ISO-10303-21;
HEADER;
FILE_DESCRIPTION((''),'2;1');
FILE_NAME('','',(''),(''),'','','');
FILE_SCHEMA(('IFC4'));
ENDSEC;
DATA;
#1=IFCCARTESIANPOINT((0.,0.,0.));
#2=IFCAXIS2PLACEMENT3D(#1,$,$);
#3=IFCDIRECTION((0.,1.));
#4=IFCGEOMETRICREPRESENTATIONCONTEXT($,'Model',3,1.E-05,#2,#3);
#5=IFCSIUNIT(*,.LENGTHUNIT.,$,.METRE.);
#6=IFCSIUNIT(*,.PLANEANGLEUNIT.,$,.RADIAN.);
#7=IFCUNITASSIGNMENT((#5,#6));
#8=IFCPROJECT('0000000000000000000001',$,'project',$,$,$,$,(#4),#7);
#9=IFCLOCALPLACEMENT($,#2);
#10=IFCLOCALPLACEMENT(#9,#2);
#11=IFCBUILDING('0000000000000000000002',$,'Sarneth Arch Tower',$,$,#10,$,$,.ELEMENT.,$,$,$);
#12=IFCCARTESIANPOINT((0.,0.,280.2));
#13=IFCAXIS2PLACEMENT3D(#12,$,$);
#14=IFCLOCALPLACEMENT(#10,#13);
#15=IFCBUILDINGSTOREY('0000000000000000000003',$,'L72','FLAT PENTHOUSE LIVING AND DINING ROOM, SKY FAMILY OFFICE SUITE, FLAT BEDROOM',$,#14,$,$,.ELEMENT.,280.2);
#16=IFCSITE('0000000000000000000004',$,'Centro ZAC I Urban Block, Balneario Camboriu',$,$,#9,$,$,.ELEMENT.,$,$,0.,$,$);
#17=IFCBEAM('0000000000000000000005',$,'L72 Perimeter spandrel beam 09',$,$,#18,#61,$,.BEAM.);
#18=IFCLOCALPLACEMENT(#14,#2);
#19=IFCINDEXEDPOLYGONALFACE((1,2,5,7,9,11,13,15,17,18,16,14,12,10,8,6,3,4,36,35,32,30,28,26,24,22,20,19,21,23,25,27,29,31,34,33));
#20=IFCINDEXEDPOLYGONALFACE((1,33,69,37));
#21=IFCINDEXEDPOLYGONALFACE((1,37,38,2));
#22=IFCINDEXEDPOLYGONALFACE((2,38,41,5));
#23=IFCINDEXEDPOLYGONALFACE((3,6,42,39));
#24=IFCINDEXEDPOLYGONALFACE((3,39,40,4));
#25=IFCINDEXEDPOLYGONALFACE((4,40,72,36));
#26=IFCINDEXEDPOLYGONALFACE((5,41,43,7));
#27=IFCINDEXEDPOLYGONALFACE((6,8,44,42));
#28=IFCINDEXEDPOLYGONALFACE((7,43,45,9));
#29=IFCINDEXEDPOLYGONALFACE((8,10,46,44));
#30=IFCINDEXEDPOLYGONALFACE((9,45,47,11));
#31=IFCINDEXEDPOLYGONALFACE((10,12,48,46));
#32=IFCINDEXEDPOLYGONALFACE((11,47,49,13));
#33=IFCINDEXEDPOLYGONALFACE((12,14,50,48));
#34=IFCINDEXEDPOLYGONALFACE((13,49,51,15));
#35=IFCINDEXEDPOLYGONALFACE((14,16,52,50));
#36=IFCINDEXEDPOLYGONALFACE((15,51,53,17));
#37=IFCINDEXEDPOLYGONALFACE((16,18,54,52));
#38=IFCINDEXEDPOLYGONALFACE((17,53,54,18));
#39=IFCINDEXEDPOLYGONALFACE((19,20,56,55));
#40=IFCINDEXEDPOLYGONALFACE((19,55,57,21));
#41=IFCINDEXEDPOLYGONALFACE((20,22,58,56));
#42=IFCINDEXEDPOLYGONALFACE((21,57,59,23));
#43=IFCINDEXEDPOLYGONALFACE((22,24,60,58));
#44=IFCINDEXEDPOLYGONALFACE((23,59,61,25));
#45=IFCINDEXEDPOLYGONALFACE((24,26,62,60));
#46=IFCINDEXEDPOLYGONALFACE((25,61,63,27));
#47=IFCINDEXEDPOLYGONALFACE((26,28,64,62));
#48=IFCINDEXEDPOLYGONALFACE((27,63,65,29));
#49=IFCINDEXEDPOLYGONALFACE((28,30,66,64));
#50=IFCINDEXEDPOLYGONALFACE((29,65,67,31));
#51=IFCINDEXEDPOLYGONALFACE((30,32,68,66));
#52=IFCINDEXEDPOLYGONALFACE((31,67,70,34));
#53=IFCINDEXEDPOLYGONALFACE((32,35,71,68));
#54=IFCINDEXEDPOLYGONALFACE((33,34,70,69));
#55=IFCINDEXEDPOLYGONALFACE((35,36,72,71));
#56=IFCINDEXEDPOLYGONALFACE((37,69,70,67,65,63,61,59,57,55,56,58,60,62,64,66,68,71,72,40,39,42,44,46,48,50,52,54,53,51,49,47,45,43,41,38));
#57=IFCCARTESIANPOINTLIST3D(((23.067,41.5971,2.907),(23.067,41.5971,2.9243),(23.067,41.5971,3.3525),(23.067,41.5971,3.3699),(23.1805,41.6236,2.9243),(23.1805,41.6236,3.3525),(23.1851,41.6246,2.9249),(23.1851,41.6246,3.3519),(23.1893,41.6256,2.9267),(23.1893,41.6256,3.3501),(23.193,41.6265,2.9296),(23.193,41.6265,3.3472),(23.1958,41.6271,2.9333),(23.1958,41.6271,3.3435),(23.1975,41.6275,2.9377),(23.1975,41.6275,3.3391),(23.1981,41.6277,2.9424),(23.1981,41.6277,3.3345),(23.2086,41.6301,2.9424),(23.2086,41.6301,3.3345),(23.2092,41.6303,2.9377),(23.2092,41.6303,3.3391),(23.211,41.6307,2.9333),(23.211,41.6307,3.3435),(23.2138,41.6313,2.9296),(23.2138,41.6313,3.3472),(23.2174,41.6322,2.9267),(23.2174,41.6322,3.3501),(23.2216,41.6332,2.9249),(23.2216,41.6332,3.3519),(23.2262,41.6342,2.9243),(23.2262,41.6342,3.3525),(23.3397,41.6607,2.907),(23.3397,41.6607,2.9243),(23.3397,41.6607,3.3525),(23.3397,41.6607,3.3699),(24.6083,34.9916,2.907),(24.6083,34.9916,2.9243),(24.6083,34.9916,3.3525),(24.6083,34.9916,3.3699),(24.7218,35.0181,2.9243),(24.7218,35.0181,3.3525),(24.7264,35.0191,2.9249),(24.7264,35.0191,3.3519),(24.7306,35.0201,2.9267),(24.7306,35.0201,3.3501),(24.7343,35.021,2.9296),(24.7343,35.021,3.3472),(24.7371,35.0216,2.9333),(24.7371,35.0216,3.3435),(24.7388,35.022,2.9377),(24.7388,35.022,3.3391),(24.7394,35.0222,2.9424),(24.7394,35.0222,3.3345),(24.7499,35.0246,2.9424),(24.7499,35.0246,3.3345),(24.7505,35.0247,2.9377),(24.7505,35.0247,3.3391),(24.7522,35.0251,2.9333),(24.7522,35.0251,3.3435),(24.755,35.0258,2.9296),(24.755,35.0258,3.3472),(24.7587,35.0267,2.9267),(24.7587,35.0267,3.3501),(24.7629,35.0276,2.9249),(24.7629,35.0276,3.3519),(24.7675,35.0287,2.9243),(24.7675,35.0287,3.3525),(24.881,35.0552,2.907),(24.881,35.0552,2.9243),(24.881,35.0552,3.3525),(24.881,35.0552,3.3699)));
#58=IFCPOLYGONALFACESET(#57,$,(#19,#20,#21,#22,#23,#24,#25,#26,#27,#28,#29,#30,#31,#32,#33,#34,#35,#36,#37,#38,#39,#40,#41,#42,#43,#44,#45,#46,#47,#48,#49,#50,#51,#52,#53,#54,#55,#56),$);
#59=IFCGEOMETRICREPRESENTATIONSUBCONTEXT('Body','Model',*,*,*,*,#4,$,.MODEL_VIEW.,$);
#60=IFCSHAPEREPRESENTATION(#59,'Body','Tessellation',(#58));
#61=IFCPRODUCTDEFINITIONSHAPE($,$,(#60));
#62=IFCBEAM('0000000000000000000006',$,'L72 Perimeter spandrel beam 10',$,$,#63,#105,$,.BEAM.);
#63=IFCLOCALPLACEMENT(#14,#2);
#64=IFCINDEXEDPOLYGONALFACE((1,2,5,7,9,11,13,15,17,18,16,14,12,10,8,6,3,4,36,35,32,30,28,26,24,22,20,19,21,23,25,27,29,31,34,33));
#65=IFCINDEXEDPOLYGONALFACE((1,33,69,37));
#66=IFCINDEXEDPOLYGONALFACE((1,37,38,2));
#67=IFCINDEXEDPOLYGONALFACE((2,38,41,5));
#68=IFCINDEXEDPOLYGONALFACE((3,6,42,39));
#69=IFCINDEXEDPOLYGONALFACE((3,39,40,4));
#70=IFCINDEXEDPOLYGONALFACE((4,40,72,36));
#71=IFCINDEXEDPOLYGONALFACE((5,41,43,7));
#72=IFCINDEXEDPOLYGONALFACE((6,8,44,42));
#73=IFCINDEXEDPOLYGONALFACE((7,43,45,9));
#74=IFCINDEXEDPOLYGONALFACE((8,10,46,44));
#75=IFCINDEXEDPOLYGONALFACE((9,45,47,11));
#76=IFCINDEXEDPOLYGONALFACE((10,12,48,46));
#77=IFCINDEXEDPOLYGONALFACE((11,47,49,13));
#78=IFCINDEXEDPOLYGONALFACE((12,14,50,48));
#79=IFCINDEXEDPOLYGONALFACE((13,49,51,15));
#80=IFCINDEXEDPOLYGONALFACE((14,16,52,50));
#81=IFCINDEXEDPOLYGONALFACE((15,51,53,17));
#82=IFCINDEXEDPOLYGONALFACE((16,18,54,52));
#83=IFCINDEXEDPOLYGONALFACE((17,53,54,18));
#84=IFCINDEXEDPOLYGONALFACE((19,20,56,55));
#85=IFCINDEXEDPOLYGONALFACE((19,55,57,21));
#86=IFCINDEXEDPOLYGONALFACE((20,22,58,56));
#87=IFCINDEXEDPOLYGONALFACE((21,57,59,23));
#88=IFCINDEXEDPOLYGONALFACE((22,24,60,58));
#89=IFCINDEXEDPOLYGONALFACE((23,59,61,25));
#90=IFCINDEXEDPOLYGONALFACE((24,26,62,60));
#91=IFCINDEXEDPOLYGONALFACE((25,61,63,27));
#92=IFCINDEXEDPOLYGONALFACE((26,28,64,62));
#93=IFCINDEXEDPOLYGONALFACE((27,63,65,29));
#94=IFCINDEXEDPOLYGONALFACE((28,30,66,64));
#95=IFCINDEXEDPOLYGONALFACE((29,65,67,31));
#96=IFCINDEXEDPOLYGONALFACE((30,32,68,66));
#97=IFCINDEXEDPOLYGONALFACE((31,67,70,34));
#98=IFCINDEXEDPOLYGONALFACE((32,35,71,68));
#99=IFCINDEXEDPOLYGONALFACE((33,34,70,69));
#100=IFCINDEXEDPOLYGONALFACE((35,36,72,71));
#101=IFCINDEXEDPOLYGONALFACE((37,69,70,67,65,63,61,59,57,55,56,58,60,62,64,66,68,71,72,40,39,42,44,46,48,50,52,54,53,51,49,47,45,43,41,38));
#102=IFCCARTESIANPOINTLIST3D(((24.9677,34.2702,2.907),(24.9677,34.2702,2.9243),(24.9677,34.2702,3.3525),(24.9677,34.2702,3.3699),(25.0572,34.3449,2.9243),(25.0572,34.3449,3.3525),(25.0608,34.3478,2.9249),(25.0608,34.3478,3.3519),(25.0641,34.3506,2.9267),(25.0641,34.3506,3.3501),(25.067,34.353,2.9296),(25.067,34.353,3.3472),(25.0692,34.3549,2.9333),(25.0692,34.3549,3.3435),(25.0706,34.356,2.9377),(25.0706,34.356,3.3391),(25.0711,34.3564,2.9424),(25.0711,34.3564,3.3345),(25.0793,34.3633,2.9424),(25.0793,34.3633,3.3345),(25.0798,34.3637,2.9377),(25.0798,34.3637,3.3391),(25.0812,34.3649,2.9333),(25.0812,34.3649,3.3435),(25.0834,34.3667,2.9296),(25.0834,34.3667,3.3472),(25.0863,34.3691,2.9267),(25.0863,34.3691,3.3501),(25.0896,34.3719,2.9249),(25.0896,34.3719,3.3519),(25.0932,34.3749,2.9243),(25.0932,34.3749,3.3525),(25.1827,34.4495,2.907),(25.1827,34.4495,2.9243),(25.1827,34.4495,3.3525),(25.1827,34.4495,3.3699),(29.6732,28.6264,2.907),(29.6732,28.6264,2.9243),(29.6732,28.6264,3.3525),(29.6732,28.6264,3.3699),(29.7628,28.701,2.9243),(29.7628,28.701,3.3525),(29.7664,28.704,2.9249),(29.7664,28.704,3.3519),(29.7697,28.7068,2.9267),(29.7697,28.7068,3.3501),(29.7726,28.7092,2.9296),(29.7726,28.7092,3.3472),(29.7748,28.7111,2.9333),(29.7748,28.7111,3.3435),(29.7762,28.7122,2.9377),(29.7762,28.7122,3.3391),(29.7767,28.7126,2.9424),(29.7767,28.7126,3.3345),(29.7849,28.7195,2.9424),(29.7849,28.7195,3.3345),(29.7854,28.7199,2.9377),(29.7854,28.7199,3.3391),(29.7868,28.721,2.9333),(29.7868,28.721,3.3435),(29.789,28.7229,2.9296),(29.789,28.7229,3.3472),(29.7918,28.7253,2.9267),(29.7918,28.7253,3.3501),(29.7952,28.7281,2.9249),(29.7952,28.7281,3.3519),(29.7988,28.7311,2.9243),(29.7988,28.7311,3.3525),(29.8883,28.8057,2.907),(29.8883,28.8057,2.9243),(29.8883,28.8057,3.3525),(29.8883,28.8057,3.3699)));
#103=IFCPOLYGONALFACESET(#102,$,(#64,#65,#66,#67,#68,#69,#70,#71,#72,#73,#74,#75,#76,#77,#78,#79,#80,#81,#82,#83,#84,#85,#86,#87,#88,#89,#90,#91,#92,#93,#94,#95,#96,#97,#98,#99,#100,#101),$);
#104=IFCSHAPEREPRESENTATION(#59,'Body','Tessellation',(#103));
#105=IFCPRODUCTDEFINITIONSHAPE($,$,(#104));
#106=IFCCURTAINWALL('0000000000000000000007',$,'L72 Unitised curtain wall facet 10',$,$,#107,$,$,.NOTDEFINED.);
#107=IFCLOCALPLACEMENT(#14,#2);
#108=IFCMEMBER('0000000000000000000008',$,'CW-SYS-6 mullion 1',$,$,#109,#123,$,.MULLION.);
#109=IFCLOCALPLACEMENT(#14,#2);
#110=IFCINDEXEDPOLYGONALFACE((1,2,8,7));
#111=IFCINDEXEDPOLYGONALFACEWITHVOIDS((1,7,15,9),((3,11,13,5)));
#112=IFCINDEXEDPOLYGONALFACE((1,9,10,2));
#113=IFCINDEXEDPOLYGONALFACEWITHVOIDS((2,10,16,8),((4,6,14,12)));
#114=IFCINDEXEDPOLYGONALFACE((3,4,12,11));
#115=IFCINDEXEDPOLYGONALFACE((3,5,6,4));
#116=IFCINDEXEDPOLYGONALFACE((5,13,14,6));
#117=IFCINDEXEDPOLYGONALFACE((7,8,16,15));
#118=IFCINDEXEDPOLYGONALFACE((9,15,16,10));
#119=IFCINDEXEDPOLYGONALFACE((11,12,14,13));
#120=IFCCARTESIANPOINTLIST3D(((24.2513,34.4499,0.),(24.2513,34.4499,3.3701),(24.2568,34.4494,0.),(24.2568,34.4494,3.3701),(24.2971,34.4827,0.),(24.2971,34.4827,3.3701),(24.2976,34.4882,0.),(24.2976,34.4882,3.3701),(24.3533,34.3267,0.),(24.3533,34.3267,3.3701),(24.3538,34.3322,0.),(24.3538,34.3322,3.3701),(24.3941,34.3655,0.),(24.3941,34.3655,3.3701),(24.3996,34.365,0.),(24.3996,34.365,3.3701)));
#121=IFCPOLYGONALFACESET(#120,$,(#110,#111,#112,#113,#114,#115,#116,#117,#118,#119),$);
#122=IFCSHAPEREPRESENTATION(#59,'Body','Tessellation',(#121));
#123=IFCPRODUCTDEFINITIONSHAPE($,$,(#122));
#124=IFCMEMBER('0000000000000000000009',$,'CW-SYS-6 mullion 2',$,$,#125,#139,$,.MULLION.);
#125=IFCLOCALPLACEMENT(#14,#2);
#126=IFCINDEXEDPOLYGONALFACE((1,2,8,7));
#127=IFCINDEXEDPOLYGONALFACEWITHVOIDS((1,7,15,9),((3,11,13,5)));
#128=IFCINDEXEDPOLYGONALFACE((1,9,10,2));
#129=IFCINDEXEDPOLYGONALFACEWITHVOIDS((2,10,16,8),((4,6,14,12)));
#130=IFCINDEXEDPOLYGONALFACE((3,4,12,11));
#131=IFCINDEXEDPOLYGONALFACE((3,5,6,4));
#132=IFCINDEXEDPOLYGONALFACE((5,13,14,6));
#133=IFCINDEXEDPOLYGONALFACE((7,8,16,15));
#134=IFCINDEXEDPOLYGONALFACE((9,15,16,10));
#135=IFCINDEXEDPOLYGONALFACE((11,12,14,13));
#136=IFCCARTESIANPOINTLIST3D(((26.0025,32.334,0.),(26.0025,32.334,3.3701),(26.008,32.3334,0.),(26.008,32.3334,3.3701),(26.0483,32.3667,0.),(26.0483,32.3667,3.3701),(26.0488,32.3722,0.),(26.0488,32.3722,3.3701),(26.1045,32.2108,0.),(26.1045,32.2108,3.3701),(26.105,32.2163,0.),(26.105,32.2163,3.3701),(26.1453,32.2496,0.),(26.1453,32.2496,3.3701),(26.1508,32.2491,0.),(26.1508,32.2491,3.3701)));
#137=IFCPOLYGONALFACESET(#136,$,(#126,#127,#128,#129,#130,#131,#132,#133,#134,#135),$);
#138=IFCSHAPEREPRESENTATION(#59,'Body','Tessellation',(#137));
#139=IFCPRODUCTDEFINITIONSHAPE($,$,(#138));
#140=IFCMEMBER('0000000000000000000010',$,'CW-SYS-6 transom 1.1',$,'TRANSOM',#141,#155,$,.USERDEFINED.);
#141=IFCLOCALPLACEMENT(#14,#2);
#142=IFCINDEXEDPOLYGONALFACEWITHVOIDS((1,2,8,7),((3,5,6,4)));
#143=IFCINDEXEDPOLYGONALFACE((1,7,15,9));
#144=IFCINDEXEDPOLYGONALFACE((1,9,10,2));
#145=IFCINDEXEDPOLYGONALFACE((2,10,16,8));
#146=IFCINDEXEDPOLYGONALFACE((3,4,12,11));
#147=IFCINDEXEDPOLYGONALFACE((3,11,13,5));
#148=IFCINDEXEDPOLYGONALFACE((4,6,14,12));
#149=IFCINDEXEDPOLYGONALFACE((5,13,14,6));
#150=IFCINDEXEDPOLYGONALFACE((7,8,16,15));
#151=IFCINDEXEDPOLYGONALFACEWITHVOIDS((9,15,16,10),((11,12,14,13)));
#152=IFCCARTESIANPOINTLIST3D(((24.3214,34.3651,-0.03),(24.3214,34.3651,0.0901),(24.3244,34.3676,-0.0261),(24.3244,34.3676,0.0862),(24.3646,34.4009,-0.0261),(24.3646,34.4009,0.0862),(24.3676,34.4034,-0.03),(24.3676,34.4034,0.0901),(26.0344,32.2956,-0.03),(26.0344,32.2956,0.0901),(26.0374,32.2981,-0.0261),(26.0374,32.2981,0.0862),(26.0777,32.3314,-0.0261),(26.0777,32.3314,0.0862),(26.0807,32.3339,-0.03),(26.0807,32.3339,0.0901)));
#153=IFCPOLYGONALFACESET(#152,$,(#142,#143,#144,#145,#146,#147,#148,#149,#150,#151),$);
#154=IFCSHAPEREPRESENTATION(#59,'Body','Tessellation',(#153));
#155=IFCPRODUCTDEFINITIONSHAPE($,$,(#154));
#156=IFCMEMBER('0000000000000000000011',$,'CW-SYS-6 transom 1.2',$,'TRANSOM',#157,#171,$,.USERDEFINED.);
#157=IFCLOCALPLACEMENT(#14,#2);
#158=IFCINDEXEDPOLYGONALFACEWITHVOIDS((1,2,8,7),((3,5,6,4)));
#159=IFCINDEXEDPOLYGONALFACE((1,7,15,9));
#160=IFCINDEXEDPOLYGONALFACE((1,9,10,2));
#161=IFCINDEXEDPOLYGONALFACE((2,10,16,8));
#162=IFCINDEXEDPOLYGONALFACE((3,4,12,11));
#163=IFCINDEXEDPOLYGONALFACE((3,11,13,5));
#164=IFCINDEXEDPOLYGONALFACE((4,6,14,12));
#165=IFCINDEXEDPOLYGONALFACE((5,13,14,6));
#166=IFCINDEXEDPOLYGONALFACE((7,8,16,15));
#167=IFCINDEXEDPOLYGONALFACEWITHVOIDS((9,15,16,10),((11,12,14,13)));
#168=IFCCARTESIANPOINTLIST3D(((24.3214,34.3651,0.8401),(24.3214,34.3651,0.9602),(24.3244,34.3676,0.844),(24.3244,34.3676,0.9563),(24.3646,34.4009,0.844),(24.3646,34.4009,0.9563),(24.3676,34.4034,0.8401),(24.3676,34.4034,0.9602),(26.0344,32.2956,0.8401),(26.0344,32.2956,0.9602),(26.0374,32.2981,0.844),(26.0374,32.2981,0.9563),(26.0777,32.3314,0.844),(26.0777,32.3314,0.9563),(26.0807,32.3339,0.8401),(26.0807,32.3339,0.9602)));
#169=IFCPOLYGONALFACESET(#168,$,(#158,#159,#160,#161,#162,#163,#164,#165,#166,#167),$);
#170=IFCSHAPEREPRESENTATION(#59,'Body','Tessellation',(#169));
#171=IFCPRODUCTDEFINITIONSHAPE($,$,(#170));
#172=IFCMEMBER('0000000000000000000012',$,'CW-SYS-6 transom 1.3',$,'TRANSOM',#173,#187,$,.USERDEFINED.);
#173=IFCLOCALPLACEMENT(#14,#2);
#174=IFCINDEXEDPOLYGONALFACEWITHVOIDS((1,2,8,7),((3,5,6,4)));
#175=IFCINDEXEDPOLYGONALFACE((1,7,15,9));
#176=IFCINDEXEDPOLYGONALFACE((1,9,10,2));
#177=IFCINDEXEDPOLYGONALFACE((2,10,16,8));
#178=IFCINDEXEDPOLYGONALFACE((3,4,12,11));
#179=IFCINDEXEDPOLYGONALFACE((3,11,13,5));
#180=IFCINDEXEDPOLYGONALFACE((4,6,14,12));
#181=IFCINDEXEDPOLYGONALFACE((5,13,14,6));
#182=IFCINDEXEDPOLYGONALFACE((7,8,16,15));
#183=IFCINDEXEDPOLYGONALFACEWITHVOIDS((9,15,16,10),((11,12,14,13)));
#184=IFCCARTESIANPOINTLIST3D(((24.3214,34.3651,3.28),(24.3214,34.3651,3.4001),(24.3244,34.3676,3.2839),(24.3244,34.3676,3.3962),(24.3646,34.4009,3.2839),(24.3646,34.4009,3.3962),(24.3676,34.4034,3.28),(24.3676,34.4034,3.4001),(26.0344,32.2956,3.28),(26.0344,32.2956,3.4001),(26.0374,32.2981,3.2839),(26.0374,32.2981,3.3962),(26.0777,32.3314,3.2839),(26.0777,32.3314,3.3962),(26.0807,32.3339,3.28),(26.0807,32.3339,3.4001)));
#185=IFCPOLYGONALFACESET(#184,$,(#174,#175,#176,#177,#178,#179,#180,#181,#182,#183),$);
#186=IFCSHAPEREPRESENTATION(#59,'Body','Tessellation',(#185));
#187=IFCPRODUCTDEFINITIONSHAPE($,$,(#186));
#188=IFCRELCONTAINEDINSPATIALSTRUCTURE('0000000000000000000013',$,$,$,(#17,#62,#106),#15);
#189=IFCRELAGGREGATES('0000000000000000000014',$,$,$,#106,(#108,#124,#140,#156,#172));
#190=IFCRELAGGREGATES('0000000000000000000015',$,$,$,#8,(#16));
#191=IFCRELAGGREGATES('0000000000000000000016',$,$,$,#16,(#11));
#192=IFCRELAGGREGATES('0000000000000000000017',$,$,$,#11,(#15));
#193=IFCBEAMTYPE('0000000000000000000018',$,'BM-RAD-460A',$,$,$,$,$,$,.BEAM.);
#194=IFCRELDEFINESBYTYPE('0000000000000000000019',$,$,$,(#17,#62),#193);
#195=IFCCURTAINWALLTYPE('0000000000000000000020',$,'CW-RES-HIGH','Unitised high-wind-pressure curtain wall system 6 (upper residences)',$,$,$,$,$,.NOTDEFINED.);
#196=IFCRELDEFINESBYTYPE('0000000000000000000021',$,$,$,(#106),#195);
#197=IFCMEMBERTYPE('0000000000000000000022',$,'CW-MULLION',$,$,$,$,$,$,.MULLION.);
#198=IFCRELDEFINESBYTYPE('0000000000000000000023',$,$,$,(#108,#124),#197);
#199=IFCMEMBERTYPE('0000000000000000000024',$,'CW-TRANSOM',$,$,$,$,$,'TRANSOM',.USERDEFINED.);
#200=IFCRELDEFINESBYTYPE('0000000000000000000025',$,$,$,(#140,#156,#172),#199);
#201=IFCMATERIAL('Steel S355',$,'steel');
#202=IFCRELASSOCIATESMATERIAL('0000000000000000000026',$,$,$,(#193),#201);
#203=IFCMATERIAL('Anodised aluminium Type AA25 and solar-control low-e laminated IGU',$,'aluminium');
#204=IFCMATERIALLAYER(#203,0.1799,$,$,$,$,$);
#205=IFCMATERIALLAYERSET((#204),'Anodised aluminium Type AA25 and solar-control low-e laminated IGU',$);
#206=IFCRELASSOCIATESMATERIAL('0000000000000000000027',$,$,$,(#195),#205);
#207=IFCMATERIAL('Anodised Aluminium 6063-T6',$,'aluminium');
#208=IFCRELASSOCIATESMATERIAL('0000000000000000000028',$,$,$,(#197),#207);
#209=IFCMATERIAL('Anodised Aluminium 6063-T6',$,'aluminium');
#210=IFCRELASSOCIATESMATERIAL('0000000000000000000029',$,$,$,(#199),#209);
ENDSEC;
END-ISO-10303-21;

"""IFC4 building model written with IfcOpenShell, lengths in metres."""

from ifc_helpers import new_model, si_unit, direction, frame, origin, origin_2d, place, context, subcontext, project, spatial, hollow_rectangle, i_section, extrude, material, layer, layer_set, material_profile, profile_set, type_object, element, aggregate, save


model = new_model("IFC4")

# Units and contexts
model_context = context("Model", 3, precision=1e-05, world=origin(), true_north=direction((0.0, 1.0)))
body_context = subcontext(model_context, "Body", "Model", "MODEL_VIEW")
ifc_project = project(units=[si_unit("LENGTHUNIT", "METRE"), si_unit("PLANEANGLEUNIT", "RADIAN")], contexts=[model_context])

# Site, building, storey
site_placement = place(None, origin())
site = spatial("IfcSite", under=ifc_project, at=site_placement, Name="Centro ZAC I Urban Block, Balneario Camboriu", CompositionType="ELEMENT", RefElevation=0.0)
building_placement = place(site_placement, origin())
building = spatial("IfcBuilding", under=site, at=building_placement, Name="Sarneth Arch Tower", CompositionType="ELEMENT")
storey_placement = place(building_placement, frame((0.0, 0.0, 280.2)))
storey = spatial("IfcBuildingStorey", under=building, at=storey_placement, Name="L72", Description="FLAT PENTHOUSE LIVING AND DINING ROOM, SKY FAMILY OFFICE SUITE, FLAT BEDROOM", CompositionType="ELEMENT", Elevation=280.2)

# Beams
ifc_material_1 = material(Name="Steel S355", Category="steel")
ifc_material_profile_1 = material_profile(ifc_material_1, i_section(OverallWidth=0.28, OverallDepth=0.4629, WebThickness=0.0107, FlangeThickness=0.0173, FilletRadius=0.0181, at=origin_2d()), Name="W460x113")
ifc_profile_set_1 = profile_set([ifc_material_profile_1], Name="Steel S355")
beam_type_1 = type_object("IfcBeamType", Name="BM-RAD-460A", PredefinedType="BEAM", material=ifc_profile_set_1)
beam_1_placement = place(storey_placement, frame((23.2034, 41.6289, 3.1384), z_axis=(0.227227, -0.973842, 0.0), x_axis=(0.973842, 0.227227, 0.0)))
element("IfcBeam", 1, at=beam_1_placement, inside=storey, type_object=beam_type_1, Name="L72 Perimeter spandrel beam 09", PredefinedType="BEAM", context=body_context, shape_type="SweptSolid", body=[
    extrude(i_section(OverallWidth=0.28, OverallDepth=0.4629, WebThickness=0.0107, FlangeThickness=0.0173, FilletRadius=0.0181, at=origin_2d()), origin(), (0.0, 0.0, 1.0), 6.783),
])
beam_2_placement = place(storey_placement, frame((25.0752, 34.3599, 3.1384), z_axis=(0.640377, -0.768061, 0.0), x_axis=(0.768061, 0.640377, 0.0)))
element("IfcBeam", 2, at=beam_2_placement, inside=storey, type_object=beam_type_1, Name="L72 Perimeter spandrel beam 10", PredefinedType="BEAM", context=body_context, shape_type="SweptSolid", body=[
    extrude(i_section(OverallWidth=0.28, OverallDepth=0.4629, WebThickness=0.0107, FlangeThickness=0.0173, FilletRadius=0.0181, at=origin_2d()), origin(), (0.0, 0.0, 1.0), 7.3481),
])

# Curtain wall, members
ifc_material_2 = material(Name="Anodised aluminium Type AA25 and solar-control low-e laminated IGU", Category="aluminium")
ifc_layer_1 = layer(ifc_material_2, 0.1799)
ifc_layer_set_1 = layer_set([ifc_layer_1], Name="Anodised aluminium Type AA25 and solar-control low-e laminated IGU")
curtain_wall_type = type_object("IfcCurtainWallType", Name="CW-RES-HIGH", Description="Unitised high-wind-pressure curtain wall system 6 (upper residences)", PredefinedType="NOTDEFINED", material=ifc_layer_set_1)
curtain_wall_placement = place(storey_placement, origin())
curtain_wall = element("IfcCurtainWall", 3, at=curtain_wall_placement, inside=storey, type_object=curtain_wall_type, Name="L72 Unitised curtain wall facet 10", PredefinedType="NOTDEFINED")
ifc_material_3 = material(Name="Anodised Aluminium 6063-T6", Category="aluminium")
ifc_material_profile_2 = material_profile(ifc_material_3, hollow_rectangle(XDim=0.0601, YDim=0.1599, WallThickness=0.0039, at=origin_2d()), Name="AL-MULL-160x60x4")
ifc_profile_set_2 = profile_set([ifc_material_profile_2], Name="Anodised Aluminium 6063-T6")
member_type_1 = type_object("IfcMemberType", Name="CW-MULLION", PredefinedType="MULLION", material=ifc_profile_set_2)
member_1_placement = place(storey_placement, frame((24.3254, 34.4075, 0.0), z_axis=(0.0, 0.0, 1.0), x_axis=(0.770359, 0.63761, 0.0)))
member_1 = element("IfcMember", 4, at=member_1_placement, type_object=member_type_1, Name="CW-SYS-6 mullion 1", PredefinedType="MULLION", context=body_context, shape_type="SweptSolid", body=[
    extrude(hollow_rectangle(XDim=0.0601, YDim=0.1599, WallThickness=0.0039, at=origin_2d()), origin(), (0.0, 0.0, 1.0), 3.3701),
])
member_2_placement = place(storey_placement, frame((26.0767, 32.2915, 0.0), z_axis=(0.0, 0.0, 1.0), x_axis=(0.770359, 0.63761, 0.0)))
member_2 = element("IfcMember", 5, at=member_2_placement, type_object=member_type_1, Name="CW-SYS-6 mullion 2", PredefinedType="MULLION", context=body_context, shape_type="SweptSolid", body=[
    extrude(hollow_rectangle(XDim=0.0601, YDim=0.1599, WallThickness=0.0039, at=origin_2d()), origin(), (0.0, 0.0, 1.0), 3.3701),
])
ifc_material_4 = material(Name="Anodised Aluminium 6063-T6", Category="aluminium")
ifc_material_profile_3 = material_profile(ifc_material_4, hollow_rectangle(XDim=0.0601, YDim=0.1201, WallThickness=0.0039, at=origin_2d()), Name="AL-TRAN-120x60x4")
ifc_profile_set_3 = profile_set([ifc_material_profile_3], Name="Anodised Aluminium 6063-T6")
member_type_2 = type_object("IfcMemberType", Name="CW-TRANSOM", ElementType="TRANSOM", PredefinedType="USERDEFINED", material=ifc_profile_set_3)
member_3_placement = place(storey_placement, frame((24.3445, 34.3843, 0.03), z_axis=(0.637651, -0.770325, 0.0), x_axis=(0.770325, 0.637651, 0.0)))
member_3 = element("IfcMember", 6, at=member_3_placement, type_object=member_type_2, Name="CW-SYS-6 transom 1.1", ObjectType="TRANSOM", PredefinedType="USERDEFINED", context=body_context, shape_type="SweptSolid", body=[
    extrude(hollow_rectangle(XDim=0.0601, YDim=0.1201, WallThickness=0.0039, at=origin_2d()), origin(), (0.0, 0.0, 1.0), 2.6865),
])
member_4_placement = place(storey_placement, frame((24.3445, 34.3843, 0.9001), z_axis=(0.637651, -0.770325, 0.0), x_axis=(0.770325, 0.637651, 0.0)))
member_4 = element("IfcMember", 7, at=member_4_placement, type_object=member_type_2, Name="CW-SYS-6 transom 1.2", ObjectType="TRANSOM", PredefinedType="USERDEFINED", context=body_context, shape_type="SweptSolid", body=[
    extrude(hollow_rectangle(XDim=0.0601, YDim=0.1201, WallThickness=0.0039, at=origin_2d()), origin(), (0.0, 0.0, 1.0), 2.6865),
])
member_5_placement = place(storey_placement, frame((24.3445, 34.3843, 3.3401), z_axis=(0.637651, -0.770325, 0.0), x_axis=(0.770325, 0.637651, 0.0)))
member_5 = element("IfcMember", 8, at=member_5_placement, type_object=member_type_2, Name="CW-SYS-6 transom 1.3", ObjectType="TRANSOM", PredefinedType="USERDEFINED", context=body_context, shape_type="SweptSolid", body=[
    extrude(hollow_rectangle(XDim=0.0601, YDim=0.1201, WallThickness=0.0039, at=origin_2d()), origin(), (0.0, 0.0, 1.0), 2.6865),
])
aggregate(curtain_wall, [member_1, member_2, member_3, member_4, member_5])

save(model, "model.ifc")
